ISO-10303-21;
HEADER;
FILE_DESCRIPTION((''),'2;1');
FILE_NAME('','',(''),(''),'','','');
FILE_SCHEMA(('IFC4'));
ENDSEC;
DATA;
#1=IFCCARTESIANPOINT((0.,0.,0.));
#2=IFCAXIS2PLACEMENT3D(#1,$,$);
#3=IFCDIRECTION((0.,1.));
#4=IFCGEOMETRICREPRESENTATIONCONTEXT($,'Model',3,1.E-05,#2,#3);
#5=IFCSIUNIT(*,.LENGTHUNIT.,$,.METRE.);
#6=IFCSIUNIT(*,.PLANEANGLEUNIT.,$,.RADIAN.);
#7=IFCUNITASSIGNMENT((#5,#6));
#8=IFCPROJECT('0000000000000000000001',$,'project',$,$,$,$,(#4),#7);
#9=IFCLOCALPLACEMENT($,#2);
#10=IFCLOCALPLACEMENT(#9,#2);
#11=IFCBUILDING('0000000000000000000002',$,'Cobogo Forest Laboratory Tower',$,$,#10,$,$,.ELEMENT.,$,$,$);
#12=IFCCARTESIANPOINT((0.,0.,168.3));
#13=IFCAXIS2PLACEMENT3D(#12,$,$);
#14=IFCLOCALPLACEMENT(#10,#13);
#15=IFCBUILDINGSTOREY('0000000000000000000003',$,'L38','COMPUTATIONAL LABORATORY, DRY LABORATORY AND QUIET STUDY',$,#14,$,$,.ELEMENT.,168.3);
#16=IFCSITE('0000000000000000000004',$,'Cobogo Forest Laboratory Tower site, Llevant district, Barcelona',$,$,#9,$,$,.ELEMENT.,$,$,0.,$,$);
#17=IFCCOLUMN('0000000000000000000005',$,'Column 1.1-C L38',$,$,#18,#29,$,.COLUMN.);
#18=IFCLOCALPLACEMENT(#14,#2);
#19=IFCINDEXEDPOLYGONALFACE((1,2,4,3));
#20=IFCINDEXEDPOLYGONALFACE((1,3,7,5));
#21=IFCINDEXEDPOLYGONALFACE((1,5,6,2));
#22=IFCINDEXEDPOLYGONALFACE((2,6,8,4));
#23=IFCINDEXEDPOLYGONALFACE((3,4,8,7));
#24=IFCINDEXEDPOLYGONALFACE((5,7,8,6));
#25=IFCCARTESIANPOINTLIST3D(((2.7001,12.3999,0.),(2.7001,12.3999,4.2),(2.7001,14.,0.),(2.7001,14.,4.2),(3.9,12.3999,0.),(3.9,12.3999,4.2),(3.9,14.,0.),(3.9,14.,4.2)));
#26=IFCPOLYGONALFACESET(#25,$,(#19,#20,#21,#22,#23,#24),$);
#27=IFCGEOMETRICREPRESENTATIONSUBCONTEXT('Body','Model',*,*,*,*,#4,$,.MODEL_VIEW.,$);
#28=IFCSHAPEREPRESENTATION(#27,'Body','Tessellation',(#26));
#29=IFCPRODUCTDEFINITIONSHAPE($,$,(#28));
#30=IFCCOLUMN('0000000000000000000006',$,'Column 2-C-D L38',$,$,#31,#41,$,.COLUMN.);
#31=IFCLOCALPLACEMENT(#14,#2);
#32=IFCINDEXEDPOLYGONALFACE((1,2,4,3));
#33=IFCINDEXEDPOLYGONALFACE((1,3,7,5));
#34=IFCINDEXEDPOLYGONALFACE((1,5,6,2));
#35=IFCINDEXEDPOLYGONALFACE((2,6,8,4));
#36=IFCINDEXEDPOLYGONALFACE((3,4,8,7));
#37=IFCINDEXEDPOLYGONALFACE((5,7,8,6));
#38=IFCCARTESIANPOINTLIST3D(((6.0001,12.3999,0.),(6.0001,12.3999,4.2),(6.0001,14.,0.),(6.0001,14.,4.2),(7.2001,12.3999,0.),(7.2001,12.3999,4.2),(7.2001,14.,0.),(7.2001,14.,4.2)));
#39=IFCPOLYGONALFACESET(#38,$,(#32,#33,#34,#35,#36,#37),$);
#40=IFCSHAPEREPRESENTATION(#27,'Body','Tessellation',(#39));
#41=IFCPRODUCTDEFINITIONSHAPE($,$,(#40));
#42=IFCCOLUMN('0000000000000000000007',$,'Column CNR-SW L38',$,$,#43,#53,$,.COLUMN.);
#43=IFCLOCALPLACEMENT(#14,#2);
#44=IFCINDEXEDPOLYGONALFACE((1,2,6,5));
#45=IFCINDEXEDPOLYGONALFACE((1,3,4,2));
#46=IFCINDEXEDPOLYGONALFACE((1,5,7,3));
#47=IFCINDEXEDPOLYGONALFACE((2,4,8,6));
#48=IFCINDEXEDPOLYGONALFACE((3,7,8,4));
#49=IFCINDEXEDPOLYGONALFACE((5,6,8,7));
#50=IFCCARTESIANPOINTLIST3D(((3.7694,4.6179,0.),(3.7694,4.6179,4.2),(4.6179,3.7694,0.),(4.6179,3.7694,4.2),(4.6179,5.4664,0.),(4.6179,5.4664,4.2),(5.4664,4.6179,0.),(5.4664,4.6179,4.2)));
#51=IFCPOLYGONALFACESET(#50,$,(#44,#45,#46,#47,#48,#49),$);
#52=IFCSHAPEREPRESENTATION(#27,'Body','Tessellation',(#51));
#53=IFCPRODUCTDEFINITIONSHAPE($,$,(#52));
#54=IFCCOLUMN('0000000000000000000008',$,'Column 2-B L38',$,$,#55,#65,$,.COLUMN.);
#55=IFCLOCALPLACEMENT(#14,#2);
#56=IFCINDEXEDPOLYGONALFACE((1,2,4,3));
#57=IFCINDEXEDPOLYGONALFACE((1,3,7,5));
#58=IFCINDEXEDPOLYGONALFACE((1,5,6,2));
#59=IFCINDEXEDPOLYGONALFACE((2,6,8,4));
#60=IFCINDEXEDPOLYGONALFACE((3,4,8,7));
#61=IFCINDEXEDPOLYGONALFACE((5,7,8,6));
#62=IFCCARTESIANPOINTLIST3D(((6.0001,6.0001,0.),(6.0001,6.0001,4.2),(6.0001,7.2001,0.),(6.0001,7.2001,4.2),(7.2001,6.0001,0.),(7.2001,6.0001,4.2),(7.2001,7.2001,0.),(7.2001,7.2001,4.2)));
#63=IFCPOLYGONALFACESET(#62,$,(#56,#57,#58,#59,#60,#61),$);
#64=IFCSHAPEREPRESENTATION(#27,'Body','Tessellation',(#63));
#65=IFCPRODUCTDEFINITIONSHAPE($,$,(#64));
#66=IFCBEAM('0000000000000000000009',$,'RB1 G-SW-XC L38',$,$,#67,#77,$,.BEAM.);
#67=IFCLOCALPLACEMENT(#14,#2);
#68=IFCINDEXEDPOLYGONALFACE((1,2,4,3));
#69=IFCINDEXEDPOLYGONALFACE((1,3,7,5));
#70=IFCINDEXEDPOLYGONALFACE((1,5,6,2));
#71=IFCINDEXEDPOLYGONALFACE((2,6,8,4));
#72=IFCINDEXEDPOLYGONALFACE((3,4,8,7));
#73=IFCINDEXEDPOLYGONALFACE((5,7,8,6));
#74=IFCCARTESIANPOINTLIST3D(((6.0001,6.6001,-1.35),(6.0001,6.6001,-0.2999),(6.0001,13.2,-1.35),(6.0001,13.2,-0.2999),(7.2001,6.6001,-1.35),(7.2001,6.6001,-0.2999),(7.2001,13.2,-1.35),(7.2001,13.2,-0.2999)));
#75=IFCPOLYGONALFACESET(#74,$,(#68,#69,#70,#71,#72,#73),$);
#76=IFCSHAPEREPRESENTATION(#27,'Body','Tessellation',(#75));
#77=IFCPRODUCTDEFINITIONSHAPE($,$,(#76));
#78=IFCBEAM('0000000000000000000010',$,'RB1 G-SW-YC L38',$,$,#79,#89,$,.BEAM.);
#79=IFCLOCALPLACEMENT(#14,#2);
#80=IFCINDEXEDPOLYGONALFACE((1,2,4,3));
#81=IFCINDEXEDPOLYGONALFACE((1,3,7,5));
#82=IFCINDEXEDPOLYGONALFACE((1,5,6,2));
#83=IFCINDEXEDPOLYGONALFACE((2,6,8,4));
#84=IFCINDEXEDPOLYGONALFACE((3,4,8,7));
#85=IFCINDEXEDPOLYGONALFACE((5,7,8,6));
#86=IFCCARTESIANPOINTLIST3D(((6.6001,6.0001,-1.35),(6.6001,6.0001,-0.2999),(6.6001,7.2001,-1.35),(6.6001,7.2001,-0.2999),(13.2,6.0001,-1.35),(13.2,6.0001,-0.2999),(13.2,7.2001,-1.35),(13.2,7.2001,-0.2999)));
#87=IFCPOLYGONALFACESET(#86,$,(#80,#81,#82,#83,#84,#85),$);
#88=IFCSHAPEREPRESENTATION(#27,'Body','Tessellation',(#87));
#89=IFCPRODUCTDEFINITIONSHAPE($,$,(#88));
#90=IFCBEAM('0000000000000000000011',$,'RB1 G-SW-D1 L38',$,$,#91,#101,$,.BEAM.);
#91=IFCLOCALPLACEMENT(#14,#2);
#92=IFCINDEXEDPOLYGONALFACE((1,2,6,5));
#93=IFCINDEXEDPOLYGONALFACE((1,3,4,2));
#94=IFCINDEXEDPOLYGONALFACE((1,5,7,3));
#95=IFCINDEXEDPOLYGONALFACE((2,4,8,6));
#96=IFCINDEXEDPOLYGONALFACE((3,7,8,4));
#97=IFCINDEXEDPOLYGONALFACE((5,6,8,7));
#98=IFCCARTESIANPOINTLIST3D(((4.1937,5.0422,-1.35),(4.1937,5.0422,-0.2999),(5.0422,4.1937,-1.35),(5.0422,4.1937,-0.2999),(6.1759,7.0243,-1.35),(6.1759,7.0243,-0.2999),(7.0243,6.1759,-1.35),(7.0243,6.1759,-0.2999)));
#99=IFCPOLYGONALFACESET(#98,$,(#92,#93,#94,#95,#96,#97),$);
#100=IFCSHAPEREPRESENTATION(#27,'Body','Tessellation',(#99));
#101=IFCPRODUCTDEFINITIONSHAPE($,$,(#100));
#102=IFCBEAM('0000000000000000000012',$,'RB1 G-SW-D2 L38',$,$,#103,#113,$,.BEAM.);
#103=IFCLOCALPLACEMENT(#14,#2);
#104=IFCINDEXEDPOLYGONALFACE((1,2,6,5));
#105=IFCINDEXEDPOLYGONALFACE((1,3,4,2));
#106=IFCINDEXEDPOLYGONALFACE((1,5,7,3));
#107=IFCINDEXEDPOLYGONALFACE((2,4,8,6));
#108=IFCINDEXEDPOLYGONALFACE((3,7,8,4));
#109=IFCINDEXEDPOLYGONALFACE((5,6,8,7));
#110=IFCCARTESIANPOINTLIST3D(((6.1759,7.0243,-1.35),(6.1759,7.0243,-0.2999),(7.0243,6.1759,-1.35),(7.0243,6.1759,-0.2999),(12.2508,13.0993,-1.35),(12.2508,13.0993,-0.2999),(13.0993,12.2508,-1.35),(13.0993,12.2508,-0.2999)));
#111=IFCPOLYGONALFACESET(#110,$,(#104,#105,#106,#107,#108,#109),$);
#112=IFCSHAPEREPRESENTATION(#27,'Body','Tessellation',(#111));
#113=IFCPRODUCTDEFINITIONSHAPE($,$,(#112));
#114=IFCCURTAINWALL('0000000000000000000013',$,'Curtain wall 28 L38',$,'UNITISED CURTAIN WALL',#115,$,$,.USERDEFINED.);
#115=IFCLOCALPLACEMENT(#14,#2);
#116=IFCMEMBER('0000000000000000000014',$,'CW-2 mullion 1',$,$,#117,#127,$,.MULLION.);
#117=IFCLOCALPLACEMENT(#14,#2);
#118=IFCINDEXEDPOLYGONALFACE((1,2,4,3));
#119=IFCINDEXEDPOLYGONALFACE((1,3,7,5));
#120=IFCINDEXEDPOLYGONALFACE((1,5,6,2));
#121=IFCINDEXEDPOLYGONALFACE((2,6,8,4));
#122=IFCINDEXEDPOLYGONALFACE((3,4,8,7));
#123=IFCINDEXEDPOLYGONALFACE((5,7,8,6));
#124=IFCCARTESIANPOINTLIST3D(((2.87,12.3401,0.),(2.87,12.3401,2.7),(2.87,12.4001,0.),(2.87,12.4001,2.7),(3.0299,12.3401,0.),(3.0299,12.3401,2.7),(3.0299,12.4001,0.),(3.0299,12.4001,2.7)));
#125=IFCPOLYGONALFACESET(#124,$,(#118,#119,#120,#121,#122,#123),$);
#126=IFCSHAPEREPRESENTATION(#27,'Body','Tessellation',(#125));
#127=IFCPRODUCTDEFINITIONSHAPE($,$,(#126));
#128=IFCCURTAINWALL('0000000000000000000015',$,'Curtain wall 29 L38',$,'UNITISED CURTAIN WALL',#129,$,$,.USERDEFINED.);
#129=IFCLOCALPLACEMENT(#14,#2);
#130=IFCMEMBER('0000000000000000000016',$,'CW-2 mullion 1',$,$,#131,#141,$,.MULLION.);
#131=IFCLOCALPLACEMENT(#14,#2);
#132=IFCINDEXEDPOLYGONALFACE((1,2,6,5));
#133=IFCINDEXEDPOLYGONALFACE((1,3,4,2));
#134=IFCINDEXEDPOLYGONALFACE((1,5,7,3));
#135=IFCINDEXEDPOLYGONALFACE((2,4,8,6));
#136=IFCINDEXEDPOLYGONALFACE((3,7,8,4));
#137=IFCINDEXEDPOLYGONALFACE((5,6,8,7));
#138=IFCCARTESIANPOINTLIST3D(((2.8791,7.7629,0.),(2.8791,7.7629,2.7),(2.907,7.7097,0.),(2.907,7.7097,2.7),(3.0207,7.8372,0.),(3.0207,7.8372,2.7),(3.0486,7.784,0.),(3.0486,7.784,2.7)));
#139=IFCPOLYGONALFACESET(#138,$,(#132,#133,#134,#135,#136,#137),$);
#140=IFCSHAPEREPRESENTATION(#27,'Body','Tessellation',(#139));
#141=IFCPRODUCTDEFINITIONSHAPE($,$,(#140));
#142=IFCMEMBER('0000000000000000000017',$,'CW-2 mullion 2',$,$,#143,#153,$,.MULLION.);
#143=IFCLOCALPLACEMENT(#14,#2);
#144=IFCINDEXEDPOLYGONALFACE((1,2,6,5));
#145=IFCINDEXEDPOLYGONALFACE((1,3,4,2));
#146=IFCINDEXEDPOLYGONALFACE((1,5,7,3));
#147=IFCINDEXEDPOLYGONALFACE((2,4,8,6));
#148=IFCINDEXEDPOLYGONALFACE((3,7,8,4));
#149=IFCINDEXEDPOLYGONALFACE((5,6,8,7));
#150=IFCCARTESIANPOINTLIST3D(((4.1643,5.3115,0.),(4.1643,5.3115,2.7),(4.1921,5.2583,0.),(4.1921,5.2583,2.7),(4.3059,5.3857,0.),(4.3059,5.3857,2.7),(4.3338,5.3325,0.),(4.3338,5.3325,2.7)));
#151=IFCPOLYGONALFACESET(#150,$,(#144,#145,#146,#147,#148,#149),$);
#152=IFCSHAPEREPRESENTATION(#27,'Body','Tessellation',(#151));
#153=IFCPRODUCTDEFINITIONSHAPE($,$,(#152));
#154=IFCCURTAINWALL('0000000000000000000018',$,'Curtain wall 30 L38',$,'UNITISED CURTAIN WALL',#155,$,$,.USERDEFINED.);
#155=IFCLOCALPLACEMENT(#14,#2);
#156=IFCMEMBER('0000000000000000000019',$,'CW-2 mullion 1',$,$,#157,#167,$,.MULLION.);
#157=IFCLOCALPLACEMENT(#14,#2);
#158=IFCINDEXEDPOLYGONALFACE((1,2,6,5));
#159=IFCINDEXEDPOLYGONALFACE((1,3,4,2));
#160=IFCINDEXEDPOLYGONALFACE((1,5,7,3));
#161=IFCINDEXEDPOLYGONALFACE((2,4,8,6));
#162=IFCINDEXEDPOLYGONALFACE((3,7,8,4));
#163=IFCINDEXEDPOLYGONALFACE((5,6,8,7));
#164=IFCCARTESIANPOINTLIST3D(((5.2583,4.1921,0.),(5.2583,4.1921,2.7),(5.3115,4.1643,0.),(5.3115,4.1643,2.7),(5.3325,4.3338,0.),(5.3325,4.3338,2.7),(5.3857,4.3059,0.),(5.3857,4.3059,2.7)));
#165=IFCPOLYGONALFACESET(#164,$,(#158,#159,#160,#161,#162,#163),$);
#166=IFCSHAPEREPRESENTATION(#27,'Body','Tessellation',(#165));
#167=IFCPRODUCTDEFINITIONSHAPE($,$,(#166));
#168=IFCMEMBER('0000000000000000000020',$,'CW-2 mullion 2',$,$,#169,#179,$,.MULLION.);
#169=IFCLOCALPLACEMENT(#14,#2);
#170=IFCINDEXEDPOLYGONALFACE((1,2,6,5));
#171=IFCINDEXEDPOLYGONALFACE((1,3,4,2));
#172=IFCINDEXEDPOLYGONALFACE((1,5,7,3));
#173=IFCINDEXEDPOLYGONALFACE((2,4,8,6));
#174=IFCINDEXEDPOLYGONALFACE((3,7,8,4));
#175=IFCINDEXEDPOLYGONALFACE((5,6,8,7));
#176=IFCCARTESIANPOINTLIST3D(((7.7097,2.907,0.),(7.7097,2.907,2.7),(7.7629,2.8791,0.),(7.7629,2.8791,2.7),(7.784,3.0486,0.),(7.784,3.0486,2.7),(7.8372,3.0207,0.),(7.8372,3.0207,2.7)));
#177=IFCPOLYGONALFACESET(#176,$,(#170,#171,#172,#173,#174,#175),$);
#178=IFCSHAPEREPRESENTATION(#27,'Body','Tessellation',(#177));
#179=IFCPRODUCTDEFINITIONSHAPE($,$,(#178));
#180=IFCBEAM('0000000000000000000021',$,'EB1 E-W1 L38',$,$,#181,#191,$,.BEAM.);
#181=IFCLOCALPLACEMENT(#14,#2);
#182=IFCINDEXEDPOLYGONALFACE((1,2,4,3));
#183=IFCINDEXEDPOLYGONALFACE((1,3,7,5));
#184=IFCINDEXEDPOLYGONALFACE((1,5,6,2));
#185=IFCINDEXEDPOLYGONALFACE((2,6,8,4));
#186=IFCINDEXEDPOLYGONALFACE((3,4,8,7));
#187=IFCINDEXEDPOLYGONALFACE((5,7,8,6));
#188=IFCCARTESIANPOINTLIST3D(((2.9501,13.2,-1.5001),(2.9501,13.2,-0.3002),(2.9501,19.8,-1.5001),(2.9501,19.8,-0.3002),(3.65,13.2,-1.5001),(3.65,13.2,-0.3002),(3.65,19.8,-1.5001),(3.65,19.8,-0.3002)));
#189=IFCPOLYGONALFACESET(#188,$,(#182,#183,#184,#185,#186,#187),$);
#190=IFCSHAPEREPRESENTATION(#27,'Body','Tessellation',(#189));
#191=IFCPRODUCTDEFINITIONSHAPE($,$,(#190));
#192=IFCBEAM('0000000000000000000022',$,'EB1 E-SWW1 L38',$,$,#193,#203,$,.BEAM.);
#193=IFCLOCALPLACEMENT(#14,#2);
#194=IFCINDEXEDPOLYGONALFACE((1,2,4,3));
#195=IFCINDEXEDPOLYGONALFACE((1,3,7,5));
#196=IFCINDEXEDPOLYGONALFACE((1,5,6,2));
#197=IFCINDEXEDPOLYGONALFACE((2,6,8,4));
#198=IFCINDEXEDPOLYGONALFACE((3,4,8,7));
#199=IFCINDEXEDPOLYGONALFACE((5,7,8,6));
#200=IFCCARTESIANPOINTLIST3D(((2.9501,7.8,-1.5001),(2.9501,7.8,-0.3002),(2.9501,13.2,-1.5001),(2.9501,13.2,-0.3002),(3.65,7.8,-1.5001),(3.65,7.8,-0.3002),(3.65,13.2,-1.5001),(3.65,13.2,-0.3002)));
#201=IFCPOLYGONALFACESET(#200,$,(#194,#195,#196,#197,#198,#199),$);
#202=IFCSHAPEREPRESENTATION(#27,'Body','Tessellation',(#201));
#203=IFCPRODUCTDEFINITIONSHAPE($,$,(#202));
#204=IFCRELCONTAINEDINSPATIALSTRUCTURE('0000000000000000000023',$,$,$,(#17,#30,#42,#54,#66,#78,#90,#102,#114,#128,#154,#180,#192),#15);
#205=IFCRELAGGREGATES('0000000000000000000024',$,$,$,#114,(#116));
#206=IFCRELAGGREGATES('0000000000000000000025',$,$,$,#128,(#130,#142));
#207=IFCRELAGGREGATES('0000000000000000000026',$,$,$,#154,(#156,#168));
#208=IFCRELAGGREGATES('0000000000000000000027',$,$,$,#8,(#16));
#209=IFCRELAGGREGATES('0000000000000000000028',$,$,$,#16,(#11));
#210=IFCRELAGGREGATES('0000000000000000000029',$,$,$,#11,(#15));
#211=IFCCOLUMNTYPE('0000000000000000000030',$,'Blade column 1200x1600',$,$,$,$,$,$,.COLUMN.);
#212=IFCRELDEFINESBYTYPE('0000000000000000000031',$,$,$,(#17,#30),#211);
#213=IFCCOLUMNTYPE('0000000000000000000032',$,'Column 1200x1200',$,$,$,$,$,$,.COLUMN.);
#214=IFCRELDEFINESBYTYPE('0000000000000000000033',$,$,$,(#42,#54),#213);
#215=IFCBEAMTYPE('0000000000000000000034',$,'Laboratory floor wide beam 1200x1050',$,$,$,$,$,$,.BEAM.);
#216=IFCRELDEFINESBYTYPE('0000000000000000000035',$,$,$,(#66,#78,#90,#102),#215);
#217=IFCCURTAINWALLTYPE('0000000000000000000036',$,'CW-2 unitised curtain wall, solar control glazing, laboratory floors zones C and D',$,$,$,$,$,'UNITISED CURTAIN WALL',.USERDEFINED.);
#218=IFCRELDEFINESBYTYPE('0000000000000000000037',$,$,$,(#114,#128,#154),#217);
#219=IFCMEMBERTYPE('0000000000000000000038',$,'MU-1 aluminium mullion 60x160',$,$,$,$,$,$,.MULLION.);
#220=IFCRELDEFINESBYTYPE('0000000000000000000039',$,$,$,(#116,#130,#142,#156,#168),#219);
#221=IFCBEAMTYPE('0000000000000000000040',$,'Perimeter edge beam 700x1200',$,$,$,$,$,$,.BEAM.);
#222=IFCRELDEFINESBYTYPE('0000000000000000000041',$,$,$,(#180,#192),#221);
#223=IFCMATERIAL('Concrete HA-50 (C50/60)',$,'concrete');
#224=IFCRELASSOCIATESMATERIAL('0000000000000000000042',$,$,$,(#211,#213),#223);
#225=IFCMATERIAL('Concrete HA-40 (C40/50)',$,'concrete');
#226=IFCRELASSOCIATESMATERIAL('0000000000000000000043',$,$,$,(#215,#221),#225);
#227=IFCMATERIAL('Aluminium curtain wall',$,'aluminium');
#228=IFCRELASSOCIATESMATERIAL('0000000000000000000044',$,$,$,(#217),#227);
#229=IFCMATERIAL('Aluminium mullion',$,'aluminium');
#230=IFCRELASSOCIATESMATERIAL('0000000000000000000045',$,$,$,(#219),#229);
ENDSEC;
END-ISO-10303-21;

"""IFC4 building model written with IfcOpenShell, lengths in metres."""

from ifc_helpers import new_model, si_unit, direction, frame, origin, origin_2d, place, context, subcontext, project, spatial, rectangle, extrude, material, material_profile, profile_set, type_object, element, aggregate, save


model = new_model("IFC4")

# Units and contexts
model_context = context("Model", 3, precision=1e-05, world=origin(), true_north=direction((0.0, 1.0)))
body_context = subcontext(model_context, "Body", "Model", "MODEL_VIEW")
ifc_project = project(units=[si_unit("LENGTHUNIT", "METRE"), si_unit("PLANEANGLEUNIT", "RADIAN")], contexts=[model_context])

# Site, building, storey
site_placement = place(None, origin())
site = spatial("IfcSite", under=ifc_project, at=site_placement, Name="Cobogo Forest Laboratory Tower site, Llevant district, Barcelona", CompositionType="ELEMENT", RefElevation=0.0)
building_placement = place(site_placement, origin())
building = spatial("IfcBuilding", under=site, at=building_placement, Name="Cobogo Forest Laboratory Tower", CompositionType="ELEMENT")
storey_placement = place(building_placement, frame((0.0, 0.0, 168.3)))
storey = spatial("IfcBuildingStorey", under=building, at=storey_placement, Name="L38", Description="COMPUTATIONAL LABORATORY, DRY LABORATORY AND QUIET STUDY", CompositionType="ELEMENT", Elevation=168.3)

# Columns
ifc_material_1 = material(Name="Concrete HA-50 (C50/60)", Category="concrete")
ifc_material_profile_1 = material_profile(ifc_material_1, rectangle(XDim=1.6001, YDim=1.2, at=origin_2d()), Name="RC 1200x1600")
ifc_profile_set_1 = profile_set([ifc_material_profile_1], Name="Concrete HA-50 (C50/60)")
column_type_1 = type_object("IfcColumnType", Name="Blade column 1200x1600", PredefinedType="COLUMN", material=ifc_profile_set_1)
for number, where, z_axis, x_axis, name in (
    (1, (3.3, 13.2, 0.0), (0.0, 0.0, 1.0), (0.0, 1.0, 0.0), "Column 1.1-C L38"),
    (2, (6.6001, 13.2, 0.0), (0.0, 0.0, 1.0), (0.0, 1.0, 0.0), "Column 2-C-D L38"),
):
    element("IfcColumn", number, at=place(storey_placement, frame(where, z_axis=z_axis, x_axis=x_axis)), inside=storey, type_object=column_type_1, Name=name, PredefinedType="COLUMN", context=body_context, shape_type="SweptSolid", body=[
        extrude(rectangle(XDim=1.6001, YDim=1.2, at=origin_2d()), origin(), (0.0, 0.0, 1.0), 4.2),
    ])
ifc_material_profile_2 = material_profile(ifc_material_1, rectangle(XDim=1.2, YDim=1.2, at=origin_2d()), Name="RC 1200x1200")
ifc_profile_set_2 = profile_set([ifc_material_profile_2], Name="Concrete HA-50 (C50/60)")
column_type_2 = type_object("IfcColumnType", Name="Column 1200x1200", PredefinedType="COLUMN", material=ifc_profile_set_2)
for number, where, z_axis, x_axis, name in (
    (3, (4.6179, 4.6179, 0.0), (0.0, 0.0, 1.0), (0.707107, 0.707107, 0.0), "Column CNR-SW L38"),
    (4, (6.6001, 6.6001, 0.0), (0.0, 0.0, 1.0), (1.0, 0.0, 0.0), "Column 2-B L38"),
):
    element("IfcColumn", number, at=place(storey_placement, frame(where, z_axis=z_axis, x_axis=x_axis)), inside=storey, type_object=column_type_2, Name=name, PredefinedType="COLUMN", context=body_context, shape_type="SweptSolid", body=[
        extrude(rectangle(XDim=1.2, YDim=1.2, at=origin_2d()), origin(), (0.0, 0.0, 1.0), 4.2),
    ])

# Beams
ifc_material_2 = material(Name="Concrete HA-40 (C40/50)", Category="concrete")
ifc_material_profile_3 = material_profile(ifc_material_2, rectangle(XDim=1.2, YDim=1.05, at=origin_2d()), Name="RC 1200x1050")
ifc_profile_set_3 = profile_set([ifc_material_profile_3], Name="Concrete HA-40 (C40/50)")
beam_type_1 = type_object("IfcBeamType", Name="Laboratory floor wide beam 1200x1050", PredefinedType="BEAM", material=ifc_profile_set_3)
for number, where, z_axis, x_axis, name in (
    (5, (6.6001, 6.6001, -0.825), (0.0, 1.0, 0.0), (-1.0, 0.0, 0.0), "RB1 G-SW-XC L38"),
    (6, (6.6001, 6.6001, -0.825), (1.0, 0.0, 0.0), (0.0, 1.0, 0.0), "RB1 G-SW-YC L38"),
):
    element("IfcBeam", number, at=place(storey_placement, frame(where, z_axis=z_axis, x_axis=x_axis)), inside=storey, type_object=beam_type_1, Name=name, PredefinedType="BEAM", context=body_context, shape_type="SweptSolid", body=[
        extrude(rectangle(XDim=1.2, YDim=1.05, at=origin_2d()), origin(), (0.0, 0.0, 1.0), 6.5999),
    ])
beam_1_placement = place(storey_placement, frame((4.6179, 4.6179, -0.825), z_axis=(0.707107, 0.707107, 0.0), x_axis=(-0.707107, 0.707107, 0.0)))
element("IfcBeam", 7, at=beam_1_placement, inside=storey, type_object=beam_type_1, Name="RB1 G-SW-D1 L38", PredefinedType="BEAM", context=body_context, shape_type="SweptSolid", body=[
    extrude(rectangle(XDim=1.2, YDim=1.05, at=origin_2d()), origin(), (0.0, 0.0, 1.0), 2.8032),
])
beam_2_placement = place(storey_placement, frame((6.6001, 6.6001, -0.825), z_axis=(0.707107, 0.707107, 0.0), x_axis=(-0.707107, 0.707107, 0.0)))
element("IfcBeam", 8, at=beam_2_placement, inside=storey, type_object=beam_type_1, Name="RB1 G-SW-D2 L38", PredefinedType="BEAM", context=body_context, shape_type="SweptSolid", body=[
    extrude(rectangle(XDim=1.2, YDim=1.05, at=origin_2d()), origin(), (0.0, 0.0, 1.0), 8.5913),
])

# Curtain wall, member
ifc_material_3 = material(Name="Aluminium curtain wall", Category="aluminium")
curtain_wall_type = type_object("IfcCurtainWallType", Name="CW-2 unitised curtain wall, solar control glazing, laboratory floors zones C and D", ElementType="UNITISED CURTAIN WALL", PredefinedType="USERDEFINED", material=ifc_material_3)
curtain_wall_1_placement = place(storey_placement, origin())
curtain_wall_1 = element("IfcCurtainWall", 9, at=curtain_wall_1_placement, inside=storey, type_object=curtain_wall_type, Name="Curtain wall 28 L38", ObjectType="UNITISED CURTAIN WALL", PredefinedType="USERDEFINED")
ifc_material_4 = material(Name="Aluminium mullion", Category="aluminium")
ifc_material_profile_4 = material_profile(ifc_material_4, rectangle(XDim=0.0601, YDim=0.1599, at=origin_2d()), Name="AL 60x160")
ifc_profile_set_4 = profile_set([ifc_material_profile_4], Name="Aluminium mullion")
member_type_1 = type_object("IfcMemberType", Name="MU-1 aluminium mullion 60x160", PredefinedType="MULLION", material=ifc_profile_set_4)
member_1_placement = place(storey_placement, frame((2.95, 12.3701, 0.0), z_axis=(0.0, 0.0, 1.0), x_axis=(0.0, -1.0, 0.0)))
member_1 = element("IfcMember", 10, at=member_1_placement, type_object=member_type_1, Name="CW-2 mullion 1", PredefinedType="MULLION", context=body_context, shape_type="SweptSolid", body=[
    extrude(rectangle(XDim=0.0601, YDim=0.1599, at=origin_2d()), origin(), (0.0, 0.0, 1.0), 2.7),
])

# Curtain walls, members
curtain_wall_2_placement = place(storey_placement, origin())
curtain_wall_2 = element("IfcCurtainWall", 11, at=curtain_wall_2_placement, inside=storey, type_object=curtain_wall_type, Name="Curtain wall 29 L38", ObjectType="UNITISED CURTAIN WALL", PredefinedType="USERDEFINED")
member_2_placement = place(storey_placement, frame((2.9639, 7.7734, 0.0), z_axis=(0.0, 0.0, 1.0), x_axis=(0.464284, -0.885686, 0.0)))
member_2 = element("IfcMember", 12, at=member_2_placement, type_object=member_type_1, Name="CW-2 mullion 1", PredefinedType="MULLION", context=body_context, shape_type="SweptSolid", body=[
    extrude(rectangle(XDim=0.0601, YDim=0.1599, at=origin_2d()), origin(), (0.0, 0.0, 1.0), 2.7),
])
member_3_placement = place(storey_placement, frame((4.249, 5.322, 0.0), z_axis=(0.0, 0.0, 1.0), x_axis=(0.464284, -0.885686, 0.0)))
member_3 = element("IfcMember", 13, at=member_3_placement, type_object=member_type_1, Name="CW-2 mullion 2", PredefinedType="MULLION", context=body_context, shape_type="SweptSolid", body=[
    extrude(rectangle(XDim=0.0601, YDim=0.1599, at=origin_2d()), origin(), (0.0, 0.0, 1.0), 2.7),
])
curtain_wall_3_placement = place(storey_placement, origin())
curtain_wall_3 = element("IfcCurtainWall", 14, at=curtain_wall_3_placement, inside=storey, type_object=curtain_wall_type, Name="Curtain wall 30 L38", ObjectType="UNITISED CURTAIN WALL", PredefinedType="USERDEFINED")
member_4_placement = place(storey_placement, frame((5.322, 4.249, 0.0), z_axis=(0.0, 0.0, 1.0), x_axis=(0.885686, -0.464284, 0.0)))
member_4 = element("IfcMember", 15, at=member_4_placement, type_object=member_type_1, Name="CW-2 mullion 1", PredefinedType="MULLION", context=body_context, shape_type="SweptSolid", body=[
    extrude(rectangle(XDim=0.0601, YDim=0.1599, at=origin_2d()), origin(), (0.0, 0.0, 1.0), 2.7),
])
member_5_placement = place(storey_placement, frame((7.7734, 2.9639, 0.0), z_axis=(0.0, 0.0, 1.0), x_axis=(0.885686, -0.464284, 0.0)))
member_5 = element("IfcMember", 16, at=member_5_placement, type_object=member_type_1, Name="CW-2 mullion 2", PredefinedType="MULLION", context=body_context, shape_type="SweptSolid", body=[
    extrude(rectangle(XDim=0.0601, YDim=0.1599, at=origin_2d()), origin(), (0.0, 0.0, 1.0), 2.7),
])

# Beams
ifc_material_profile_5 = material_profile(ifc_material_2, rectangle(XDim=0.7, YDim=1.2, at=origin_2d()), Name="RC 700x1200")
ifc_profile_set_5 = profile_set([ifc_material_profile_5], Name="Concrete HA-40 (C40/50)")
beam_type_2 = type_object("IfcBeamType", Name="Perimeter edge beam 700x1200", PredefinedType="BEAM", material=ifc_profile_set_5)
beam_3_placement = place(storey_placement, frame((3.3, 13.2, -0.9001), z_axis=(0.0, 1.0, 0.0), x_axis=(-1.0, 0.0, 0.0)))
element("IfcBeam", 17, at=beam_3_placement, inside=storey, type_object=beam_type_2, Name="EB1 E-W1 L38", PredefinedType="BEAM", context=body_context, shape_type="SweptSolid", body=[
    extrude(rectangle(XDim=0.7, YDim=1.2, at=origin_2d()), origin(), (0.0, 0.0, 1.0), 6.6001),
])
beam_4_placement = place(storey_placement, frame((3.3, 13.2, -0.9001), z_axis=(0.0, -1.0, 0.0), x_axis=(1.0, 0.0, 0.0)))
element("IfcBeam", 18, at=beam_4_placement, inside=storey, type_object=beam_type_2, Name="EB1 E-SWW1 L38", PredefinedType="BEAM", context=body_context, shape_type="SweptSolid", body=[
    extrude(rectangle(XDim=0.7, YDim=1.2, at=origin_2d()), origin(), (0.0, 0.0, 1.0), 5.3999),
])

aggregate(curtain_wall_1, [member_1])
aggregate(curtain_wall_2, [member_2, member_3])
aggregate(curtain_wall_3, [member_4, member_5])

save(model, "model.ifc")
